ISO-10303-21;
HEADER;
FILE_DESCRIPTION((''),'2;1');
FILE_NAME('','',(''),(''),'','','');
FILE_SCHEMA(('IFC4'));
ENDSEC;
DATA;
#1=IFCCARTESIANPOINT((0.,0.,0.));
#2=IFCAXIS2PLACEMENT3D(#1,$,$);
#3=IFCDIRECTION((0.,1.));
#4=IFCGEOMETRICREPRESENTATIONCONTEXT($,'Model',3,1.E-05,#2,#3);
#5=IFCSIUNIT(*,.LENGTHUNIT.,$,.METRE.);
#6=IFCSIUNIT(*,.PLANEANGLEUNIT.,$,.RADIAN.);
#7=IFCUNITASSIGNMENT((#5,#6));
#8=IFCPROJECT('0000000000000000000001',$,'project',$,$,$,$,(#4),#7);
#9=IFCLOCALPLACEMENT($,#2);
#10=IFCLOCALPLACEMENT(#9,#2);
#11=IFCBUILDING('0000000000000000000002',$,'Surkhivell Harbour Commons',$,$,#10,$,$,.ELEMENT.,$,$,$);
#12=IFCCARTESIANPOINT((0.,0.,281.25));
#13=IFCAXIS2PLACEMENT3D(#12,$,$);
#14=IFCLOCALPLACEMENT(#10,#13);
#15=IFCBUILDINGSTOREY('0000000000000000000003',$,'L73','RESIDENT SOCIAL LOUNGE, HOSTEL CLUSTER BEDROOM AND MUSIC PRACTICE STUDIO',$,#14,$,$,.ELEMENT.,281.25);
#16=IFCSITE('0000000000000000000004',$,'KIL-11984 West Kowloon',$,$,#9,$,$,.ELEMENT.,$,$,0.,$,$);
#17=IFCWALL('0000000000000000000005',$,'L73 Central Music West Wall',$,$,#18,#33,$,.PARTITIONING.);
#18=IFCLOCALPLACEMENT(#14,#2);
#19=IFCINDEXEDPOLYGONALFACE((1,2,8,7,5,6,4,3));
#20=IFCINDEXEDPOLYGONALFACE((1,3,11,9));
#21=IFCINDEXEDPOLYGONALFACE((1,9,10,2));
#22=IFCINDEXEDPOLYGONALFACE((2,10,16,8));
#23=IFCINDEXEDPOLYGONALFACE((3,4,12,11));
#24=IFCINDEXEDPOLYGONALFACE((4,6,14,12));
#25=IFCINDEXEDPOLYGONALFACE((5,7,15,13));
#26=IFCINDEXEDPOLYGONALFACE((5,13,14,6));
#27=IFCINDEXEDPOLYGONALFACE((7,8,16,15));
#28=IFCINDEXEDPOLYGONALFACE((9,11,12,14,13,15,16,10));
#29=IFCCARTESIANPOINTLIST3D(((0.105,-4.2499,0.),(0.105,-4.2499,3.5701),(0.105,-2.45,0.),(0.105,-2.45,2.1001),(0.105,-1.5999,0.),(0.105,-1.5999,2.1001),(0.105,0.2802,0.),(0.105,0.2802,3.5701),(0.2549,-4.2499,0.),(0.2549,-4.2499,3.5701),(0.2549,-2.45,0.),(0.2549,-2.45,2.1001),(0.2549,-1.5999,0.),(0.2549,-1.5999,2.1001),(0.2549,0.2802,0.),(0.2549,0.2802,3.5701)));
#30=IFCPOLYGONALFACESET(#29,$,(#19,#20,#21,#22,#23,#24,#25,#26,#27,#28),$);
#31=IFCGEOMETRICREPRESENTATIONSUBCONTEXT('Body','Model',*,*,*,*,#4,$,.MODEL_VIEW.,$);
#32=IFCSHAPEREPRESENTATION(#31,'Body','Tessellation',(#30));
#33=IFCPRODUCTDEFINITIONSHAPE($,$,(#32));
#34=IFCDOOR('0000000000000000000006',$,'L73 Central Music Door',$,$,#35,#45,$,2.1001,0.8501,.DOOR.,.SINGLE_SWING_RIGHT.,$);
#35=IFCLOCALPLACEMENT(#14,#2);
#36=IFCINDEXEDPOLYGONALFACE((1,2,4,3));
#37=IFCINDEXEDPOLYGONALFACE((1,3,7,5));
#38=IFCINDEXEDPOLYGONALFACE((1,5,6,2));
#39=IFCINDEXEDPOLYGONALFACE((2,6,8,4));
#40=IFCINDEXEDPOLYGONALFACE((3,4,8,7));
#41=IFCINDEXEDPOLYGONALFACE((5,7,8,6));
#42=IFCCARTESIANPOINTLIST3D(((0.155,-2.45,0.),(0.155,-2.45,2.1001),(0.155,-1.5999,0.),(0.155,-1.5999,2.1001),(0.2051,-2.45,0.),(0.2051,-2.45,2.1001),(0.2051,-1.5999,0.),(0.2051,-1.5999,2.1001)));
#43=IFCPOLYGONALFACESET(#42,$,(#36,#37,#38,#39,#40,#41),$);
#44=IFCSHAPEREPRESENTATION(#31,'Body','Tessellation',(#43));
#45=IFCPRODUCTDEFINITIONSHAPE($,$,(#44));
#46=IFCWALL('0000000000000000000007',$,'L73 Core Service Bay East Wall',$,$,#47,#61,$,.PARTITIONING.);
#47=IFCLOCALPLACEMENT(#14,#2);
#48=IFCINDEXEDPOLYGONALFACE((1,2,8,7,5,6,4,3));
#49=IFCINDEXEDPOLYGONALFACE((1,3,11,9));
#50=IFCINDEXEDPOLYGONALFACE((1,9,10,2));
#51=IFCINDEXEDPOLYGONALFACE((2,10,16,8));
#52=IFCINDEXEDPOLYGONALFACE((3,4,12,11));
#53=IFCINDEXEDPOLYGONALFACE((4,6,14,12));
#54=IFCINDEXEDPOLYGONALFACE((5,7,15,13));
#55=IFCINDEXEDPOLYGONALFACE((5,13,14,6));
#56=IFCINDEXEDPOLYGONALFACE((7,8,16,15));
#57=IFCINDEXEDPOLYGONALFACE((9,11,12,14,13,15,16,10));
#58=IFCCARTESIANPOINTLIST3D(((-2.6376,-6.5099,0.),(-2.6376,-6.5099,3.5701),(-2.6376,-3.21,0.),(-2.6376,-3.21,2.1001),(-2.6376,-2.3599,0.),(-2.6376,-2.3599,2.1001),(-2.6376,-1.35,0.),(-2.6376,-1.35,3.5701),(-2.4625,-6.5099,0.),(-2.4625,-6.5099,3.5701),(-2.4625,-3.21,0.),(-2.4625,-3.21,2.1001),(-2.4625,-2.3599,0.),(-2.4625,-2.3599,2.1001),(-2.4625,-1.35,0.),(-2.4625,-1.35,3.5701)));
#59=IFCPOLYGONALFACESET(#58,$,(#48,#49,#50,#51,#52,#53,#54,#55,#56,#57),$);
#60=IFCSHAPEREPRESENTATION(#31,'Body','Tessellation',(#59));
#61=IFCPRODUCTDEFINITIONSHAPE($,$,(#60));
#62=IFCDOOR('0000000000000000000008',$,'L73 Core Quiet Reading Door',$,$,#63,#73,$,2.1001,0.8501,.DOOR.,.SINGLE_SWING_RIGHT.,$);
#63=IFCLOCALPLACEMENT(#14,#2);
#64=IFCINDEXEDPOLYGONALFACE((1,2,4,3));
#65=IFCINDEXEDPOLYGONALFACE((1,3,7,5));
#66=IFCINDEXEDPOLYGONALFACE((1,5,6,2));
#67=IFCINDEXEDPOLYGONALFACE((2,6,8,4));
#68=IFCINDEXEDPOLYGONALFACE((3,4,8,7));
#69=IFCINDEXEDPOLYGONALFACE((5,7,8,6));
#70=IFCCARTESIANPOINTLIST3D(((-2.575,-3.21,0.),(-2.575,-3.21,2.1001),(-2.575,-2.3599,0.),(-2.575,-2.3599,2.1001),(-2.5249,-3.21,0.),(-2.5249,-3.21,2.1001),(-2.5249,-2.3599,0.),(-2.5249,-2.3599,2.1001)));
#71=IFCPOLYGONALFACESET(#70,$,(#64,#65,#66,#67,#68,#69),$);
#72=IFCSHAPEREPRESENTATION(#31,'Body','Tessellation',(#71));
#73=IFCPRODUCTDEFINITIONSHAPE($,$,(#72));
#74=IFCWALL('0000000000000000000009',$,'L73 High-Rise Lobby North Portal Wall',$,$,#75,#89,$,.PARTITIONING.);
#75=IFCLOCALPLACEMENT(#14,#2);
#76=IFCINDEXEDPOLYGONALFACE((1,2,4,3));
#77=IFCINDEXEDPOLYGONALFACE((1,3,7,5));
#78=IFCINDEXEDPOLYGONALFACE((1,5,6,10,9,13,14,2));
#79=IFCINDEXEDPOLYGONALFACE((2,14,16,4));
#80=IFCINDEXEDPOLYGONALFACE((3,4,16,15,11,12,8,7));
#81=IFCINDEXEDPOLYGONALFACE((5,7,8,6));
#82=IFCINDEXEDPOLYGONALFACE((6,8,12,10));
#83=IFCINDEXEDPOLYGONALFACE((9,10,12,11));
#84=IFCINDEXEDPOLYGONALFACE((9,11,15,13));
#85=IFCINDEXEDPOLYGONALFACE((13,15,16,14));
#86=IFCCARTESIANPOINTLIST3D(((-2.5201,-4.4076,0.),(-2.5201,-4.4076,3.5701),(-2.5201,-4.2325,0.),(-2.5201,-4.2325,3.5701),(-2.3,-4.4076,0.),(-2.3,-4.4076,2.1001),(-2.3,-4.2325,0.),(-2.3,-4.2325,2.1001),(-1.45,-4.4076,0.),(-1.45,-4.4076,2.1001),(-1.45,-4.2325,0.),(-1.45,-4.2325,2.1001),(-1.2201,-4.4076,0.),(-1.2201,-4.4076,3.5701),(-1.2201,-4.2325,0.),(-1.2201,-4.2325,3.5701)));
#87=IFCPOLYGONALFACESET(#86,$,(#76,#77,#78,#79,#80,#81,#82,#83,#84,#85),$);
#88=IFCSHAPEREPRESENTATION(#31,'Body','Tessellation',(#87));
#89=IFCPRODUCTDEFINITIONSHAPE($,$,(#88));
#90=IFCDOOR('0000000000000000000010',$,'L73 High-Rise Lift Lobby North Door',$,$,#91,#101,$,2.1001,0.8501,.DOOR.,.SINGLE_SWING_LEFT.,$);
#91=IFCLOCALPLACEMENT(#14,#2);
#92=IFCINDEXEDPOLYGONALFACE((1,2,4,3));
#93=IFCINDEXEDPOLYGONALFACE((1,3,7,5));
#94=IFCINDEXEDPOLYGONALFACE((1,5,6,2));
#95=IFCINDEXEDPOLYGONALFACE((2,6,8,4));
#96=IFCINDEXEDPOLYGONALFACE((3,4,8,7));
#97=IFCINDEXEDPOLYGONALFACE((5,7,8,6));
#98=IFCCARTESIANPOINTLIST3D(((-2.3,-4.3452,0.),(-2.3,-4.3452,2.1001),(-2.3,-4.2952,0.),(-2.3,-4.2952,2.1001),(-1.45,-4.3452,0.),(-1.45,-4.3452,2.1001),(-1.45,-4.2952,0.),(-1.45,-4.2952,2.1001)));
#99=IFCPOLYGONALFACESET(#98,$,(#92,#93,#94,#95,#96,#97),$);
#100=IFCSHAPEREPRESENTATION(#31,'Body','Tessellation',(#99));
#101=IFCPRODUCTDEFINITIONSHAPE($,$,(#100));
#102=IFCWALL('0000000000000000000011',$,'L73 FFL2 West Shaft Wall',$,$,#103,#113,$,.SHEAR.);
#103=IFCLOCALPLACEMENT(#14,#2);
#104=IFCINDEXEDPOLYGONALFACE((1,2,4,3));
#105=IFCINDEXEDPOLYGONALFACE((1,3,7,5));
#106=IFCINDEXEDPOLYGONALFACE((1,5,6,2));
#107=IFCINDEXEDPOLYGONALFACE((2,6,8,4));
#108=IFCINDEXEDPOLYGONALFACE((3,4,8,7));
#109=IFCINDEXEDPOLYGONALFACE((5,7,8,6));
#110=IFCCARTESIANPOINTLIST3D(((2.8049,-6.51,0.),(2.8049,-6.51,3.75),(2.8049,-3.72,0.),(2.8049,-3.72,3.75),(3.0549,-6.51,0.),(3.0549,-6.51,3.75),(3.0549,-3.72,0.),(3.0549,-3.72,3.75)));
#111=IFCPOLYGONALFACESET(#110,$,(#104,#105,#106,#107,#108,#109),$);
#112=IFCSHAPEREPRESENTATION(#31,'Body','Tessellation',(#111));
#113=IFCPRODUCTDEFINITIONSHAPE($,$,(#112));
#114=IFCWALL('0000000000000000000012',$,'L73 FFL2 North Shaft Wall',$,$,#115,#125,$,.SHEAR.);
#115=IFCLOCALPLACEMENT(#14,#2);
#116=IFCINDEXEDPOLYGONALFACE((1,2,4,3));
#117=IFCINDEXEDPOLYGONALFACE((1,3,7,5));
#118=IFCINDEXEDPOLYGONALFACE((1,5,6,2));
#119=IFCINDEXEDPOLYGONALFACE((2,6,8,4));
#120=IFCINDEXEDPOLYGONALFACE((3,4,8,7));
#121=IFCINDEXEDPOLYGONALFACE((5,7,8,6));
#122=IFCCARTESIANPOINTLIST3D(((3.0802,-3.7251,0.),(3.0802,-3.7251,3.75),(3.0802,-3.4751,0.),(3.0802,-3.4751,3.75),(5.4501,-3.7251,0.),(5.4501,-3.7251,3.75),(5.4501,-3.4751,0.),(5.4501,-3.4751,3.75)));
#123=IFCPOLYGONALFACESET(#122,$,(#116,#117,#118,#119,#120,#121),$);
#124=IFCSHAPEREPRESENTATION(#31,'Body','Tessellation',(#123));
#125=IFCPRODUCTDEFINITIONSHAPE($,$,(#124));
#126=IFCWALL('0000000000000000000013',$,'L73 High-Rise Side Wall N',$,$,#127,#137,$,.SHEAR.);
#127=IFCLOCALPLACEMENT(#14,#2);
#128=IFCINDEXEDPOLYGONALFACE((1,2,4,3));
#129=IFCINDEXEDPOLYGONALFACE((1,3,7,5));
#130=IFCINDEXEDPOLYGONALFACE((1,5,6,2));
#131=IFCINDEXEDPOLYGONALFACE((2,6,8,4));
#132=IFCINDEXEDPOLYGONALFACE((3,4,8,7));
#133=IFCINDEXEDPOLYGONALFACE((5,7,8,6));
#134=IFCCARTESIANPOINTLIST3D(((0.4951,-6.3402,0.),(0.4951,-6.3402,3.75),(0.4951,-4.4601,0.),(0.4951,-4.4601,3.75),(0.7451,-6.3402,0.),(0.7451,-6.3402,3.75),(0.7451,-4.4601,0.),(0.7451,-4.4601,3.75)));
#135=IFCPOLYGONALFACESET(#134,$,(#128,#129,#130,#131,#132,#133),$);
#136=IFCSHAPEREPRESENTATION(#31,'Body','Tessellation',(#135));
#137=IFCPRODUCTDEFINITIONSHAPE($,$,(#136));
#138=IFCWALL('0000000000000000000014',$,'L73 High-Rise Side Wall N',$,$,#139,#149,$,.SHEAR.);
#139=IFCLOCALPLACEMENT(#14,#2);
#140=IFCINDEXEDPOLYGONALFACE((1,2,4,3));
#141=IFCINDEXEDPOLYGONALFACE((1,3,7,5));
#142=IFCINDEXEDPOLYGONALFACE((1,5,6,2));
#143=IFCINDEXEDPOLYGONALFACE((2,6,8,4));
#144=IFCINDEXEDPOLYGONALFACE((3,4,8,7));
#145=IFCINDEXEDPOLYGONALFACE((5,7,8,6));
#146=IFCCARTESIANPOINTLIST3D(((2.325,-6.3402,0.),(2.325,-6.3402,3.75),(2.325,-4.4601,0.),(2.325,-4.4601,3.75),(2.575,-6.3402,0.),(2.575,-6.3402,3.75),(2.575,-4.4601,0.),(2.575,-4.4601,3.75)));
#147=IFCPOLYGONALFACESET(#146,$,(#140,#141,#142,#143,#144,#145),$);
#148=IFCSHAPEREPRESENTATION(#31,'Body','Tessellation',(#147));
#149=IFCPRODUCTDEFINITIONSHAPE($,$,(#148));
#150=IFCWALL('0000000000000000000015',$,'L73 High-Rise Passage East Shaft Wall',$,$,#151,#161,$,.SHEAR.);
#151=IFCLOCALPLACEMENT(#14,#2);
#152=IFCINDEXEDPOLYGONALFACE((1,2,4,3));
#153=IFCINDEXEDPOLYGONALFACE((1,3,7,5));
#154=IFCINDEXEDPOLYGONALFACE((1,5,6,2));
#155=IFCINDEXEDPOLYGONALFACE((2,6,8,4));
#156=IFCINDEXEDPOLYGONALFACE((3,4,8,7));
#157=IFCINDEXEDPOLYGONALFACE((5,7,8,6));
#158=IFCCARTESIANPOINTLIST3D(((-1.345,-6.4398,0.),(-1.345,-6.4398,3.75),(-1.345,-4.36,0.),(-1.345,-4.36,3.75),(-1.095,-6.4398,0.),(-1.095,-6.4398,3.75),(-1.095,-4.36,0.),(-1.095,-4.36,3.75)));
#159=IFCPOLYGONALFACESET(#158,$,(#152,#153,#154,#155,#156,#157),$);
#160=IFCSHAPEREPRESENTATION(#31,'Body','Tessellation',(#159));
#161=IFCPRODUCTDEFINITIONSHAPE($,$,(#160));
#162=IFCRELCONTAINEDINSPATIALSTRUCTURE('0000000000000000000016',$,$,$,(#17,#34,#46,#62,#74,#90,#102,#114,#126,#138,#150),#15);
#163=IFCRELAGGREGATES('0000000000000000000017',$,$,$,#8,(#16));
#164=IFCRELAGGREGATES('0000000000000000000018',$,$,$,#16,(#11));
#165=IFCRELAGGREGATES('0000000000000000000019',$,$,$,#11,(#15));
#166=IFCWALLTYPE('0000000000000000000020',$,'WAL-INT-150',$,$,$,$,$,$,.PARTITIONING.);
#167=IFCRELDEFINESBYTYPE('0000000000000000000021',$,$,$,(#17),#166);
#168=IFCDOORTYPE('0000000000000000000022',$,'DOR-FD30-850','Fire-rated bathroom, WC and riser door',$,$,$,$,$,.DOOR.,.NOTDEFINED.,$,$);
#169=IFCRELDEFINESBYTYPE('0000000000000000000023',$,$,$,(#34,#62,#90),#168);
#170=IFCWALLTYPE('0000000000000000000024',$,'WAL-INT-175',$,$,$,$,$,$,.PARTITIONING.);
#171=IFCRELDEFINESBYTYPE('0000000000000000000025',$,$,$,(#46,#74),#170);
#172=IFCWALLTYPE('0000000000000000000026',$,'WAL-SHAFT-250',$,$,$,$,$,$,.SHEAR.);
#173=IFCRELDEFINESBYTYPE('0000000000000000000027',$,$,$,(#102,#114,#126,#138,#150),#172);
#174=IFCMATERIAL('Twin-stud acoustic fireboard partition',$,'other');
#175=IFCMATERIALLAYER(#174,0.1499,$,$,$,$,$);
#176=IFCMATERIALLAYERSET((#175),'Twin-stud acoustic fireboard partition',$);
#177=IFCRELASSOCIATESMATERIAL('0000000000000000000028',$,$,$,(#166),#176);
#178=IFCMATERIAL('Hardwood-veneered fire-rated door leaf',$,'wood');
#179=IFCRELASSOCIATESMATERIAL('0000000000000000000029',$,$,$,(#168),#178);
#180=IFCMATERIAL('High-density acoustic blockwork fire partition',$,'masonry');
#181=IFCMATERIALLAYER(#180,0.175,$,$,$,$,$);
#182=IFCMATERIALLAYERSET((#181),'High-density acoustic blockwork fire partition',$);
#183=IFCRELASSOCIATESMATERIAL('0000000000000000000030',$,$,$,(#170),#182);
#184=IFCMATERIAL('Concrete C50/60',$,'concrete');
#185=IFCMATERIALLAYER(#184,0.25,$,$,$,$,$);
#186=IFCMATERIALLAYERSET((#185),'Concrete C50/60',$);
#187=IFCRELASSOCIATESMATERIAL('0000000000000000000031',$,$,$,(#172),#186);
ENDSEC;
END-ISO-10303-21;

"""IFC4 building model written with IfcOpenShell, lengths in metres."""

from ifc_helpers import new_model, si_unit, direction, frame, frame_2d, origin, place, context, subcontext, project, spatial, rectangle, extrude, material, layer, layer_set, type_object, element, fill, save


model = new_model("IFC4")

# Units and contexts
model_context = context("Model", 3, precision=1e-05, world=origin(), true_north=direction((0.0, 1.0)))
body_context = subcontext(model_context, "Body", "Model", "MODEL_VIEW")
ifc_project = project(units=[si_unit("LENGTHUNIT", "METRE"), si_unit("PLANEANGLEUNIT", "RADIAN")], contexts=[model_context])

# Site, building, storey
site_placement = place(None, origin())
site = spatial("IfcSite", under=ifc_project, at=site_placement, Name="KIL-11984 West Kowloon", CompositionType="ELEMENT", RefElevation=0.0)
building_placement = place(site_placement, origin())
building = spatial("IfcBuilding", under=site, at=building_placement, Name="Surkhivell Harbour Commons", CompositionType="ELEMENT")
storey_placement = place(building_placement, frame((0.0, 0.0, 281.25)))
storey = spatial("IfcBuildingStorey", under=building, at=storey_placement, Name="L73", Description="RESIDENT SOCIAL LOUNGE, HOSTEL CLUSTER BEDROOM AND MUSIC PRACTICE STUDIO", CompositionType="ELEMENT", Elevation=281.25)

# Shared definitions
ifc_material_1 = material(Name="Twin-stud acoustic fireboard partition", Category="other")
ifc_layer_1 = layer(ifc_material_1, 0.1499)
ifc_layer_set_1 = layer_set([ifc_layer_1], Name="Twin-stud acoustic fireboard partition")
wall_type_1 = type_object("IfcWallType", Name="WAL-INT-150", PredefinedType="PARTITIONING", material=ifc_layer_set_1)

# Walls, openings, doors
wall_1_placement = place(storey_placement, frame((0.1799, -4.25, 0.0), z_axis=(0.0, 0.0, 1.0), x_axis=(0.0, 1.0, 0.0)))
wall_1 = element("IfcWall", 1, at=wall_1_placement, inside=storey, type_object=wall_type_1, Name="L73 Central Music West Wall", PredefinedType="PARTITIONING", context=body_context, shape_type="SweptSolid", body=[
    extrude(rectangle(XDim=4.53, YDim=0.1499, at=frame_2d((2.2651, 0.0))), origin(), (0.0, 0.0, 1.0), 3.5701),
])
opening_1_placement = place(wall_1_placement, frame((1.8, 0.0, 0.0)))
opening_1 = element("IfcOpeningElement", 2, at=opening_1_placement, cuts=wall_1, PredefinedType="OPENING", context=body_context, shape_type="SweptSolid", body=[
    extrude(rectangle(XDim=0.8501, YDim=2.1001, at=frame_2d((0.425, 1.05))), frame((0.0, 0.085, 0.0), z_axis=(0.0, -1.0, 0.0), x_axis=(1.0, 0.0, 0.0)), (0.0, 0.0, 1.0), 0.1699),
])
ifc_material_2 = material(Name="Hardwood-veneered fire-rated door leaf", Category="wood")
door_type_1 = type_object("IfcDoorType", Name="DOR-FD30-850", Description="Fire-rated bathroom, WC and riser door", OperationType="NOTDEFINED", PredefinedType="DOOR", material=ifc_material_2)
door_1_placement = place(opening_1_placement, origin())
door_1 = element("IfcDoor", 3, at=door_1_placement, inside=storey, type_object=door_type_1, Name="L73 Central Music Door", OperationType="SINGLE_SWING_RIGHT", OverallHeight=2.1001, OverallWidth=0.8501, PredefinedType="DOOR", context=body_context, shape_type="SweptSolid", body=[
    extrude(rectangle(XDim=0.8501, YDim=2.1001, at=frame_2d((0.425, 1.05))), frame((0.0, 0.0249, 0.0), z_axis=(0.0, -1.0, 0.0), x_axis=(1.0, 0.0, 0.0)), (0.0, 0.0, 1.0), 0.05),
])
fill(opening_1, door_1)
ifc_material_3 = material(Name="High-density acoustic blockwork fire partition", Category="masonry")
ifc_layer_2 = layer(ifc_material_3, 0.175)
ifc_layer_set_2 = layer_set([ifc_layer_2], Name="High-density acoustic blockwork fire partition")
wall_type_2 = type_object("IfcWallType", Name="WAL-INT-175", PredefinedType="PARTITIONING", material=ifc_layer_set_2)
wall_2_placement = place(storey_placement, frame((-2.55, -6.51, 0.0), z_axis=(0.0, 0.0, 1.0), x_axis=(0.0, 1.0, 0.0)))
wall_2 = element("IfcWall", 4, at=wall_2_placement, inside=storey, type_object=wall_type_2, Name="L73 Core Service Bay East Wall", PredefinedType="PARTITIONING", context=body_context, shape_type="SweptSolid", body=[
    extrude(rectangle(XDim=5.1599, YDim=0.175, at=frame_2d((2.5801, 0.0))), origin(), (0.0, 0.0, 1.0), 3.5701),
])
opening_2_placement = place(wall_2_placement, frame((3.3, 0.0, 0.0)))
opening_2 = element("IfcOpeningElement", 5, at=opening_2_placement, cuts=wall_2, PredefinedType="OPENING", context=body_context, shape_type="SweptSolid", body=[
    extrude(rectangle(XDim=0.8501, YDim=2.1001, at=frame_2d((0.425, 1.05))), frame((0.0, 0.0974, 0.0), z_axis=(0.0, -1.0, 0.0), x_axis=(1.0, 0.0, 0.0)), (0.0, 0.0, 1.0), 0.1951),
])
door_2_placement = place(opening_2_placement, origin())
door_2 = element("IfcDoor", 6, at=door_2_placement, inside=storey, type_object=door_type_1, Name="L73 Core Quiet Reading Door", OperationType="SINGLE_SWING_RIGHT", OverallHeight=2.1001, OverallWidth=0.8501, PredefinedType="DOOR", context=body_context, shape_type="SweptSolid", body=[
    extrude(rectangle(XDim=0.8501, YDim=2.1001, at=frame_2d((0.425, 1.05))), frame((0.0, 0.0249, 0.0), z_axis=(0.0, -1.0, 0.0), x_axis=(1.0, 0.0, 0.0)), (0.0, 0.0, 1.0), 0.05),
])
fill(opening_2, door_2)
wall_3_placement = place(storey_placement, frame((-2.52, -4.3201, 0.0), z_axis=(0.0, 0.0, 1.0), x_axis=(1.0, 0.0, 0.0)))
wall_3 = element("IfcWall", 7, at=wall_3_placement, inside=storey, type_object=wall_type_2, Name="L73 High-Rise Lobby North Portal Wall", PredefinedType="PARTITIONING", context=body_context, shape_type="SweptSolid", body=[
    extrude(rectangle(XDim=1.3, YDim=0.175, at=frame_2d((0.6499, 0.0))), origin(), (0.0, 0.0, 1.0), 3.5701),
])
opening_3_placement = place(wall_3_placement, frame((0.22, 0.0, 0.0)))
opening_3 = element("IfcOpeningElement", 8, at=opening_3_placement, cuts=wall_3, PredefinedType="OPENING", context=body_context, shape_type="SweptSolid", body=[
    extrude(rectangle(XDim=0.8501, YDim=2.1001, at=frame_2d((0.425, 1.05))), frame((0.0, 0.0974, 0.0), z_axis=(0.0, -1.0, 0.0), x_axis=(1.0, 0.0, 0.0)), (0.0, 0.0, 1.0), 0.1951),
])
door_3_placement = place(opening_3_placement, origin())
door_3 = element("IfcDoor", 9, at=door_3_placement, inside=storey, type_object=door_type_1, Name="L73 High-Rise Lift Lobby North Door", OperationType="SINGLE_SWING_LEFT", OverallHeight=2.1001, OverallWidth=0.8501, PredefinedType="DOOR", context=body_context, shape_type="SweptSolid", body=[
    extrude(rectangle(XDim=0.8501, YDim=2.1001, at=frame_2d((0.425, 1.05))), frame((0.0, 0.0249, 0.0), z_axis=(0.0, -1.0, 0.0), x_axis=(1.0, 0.0, 0.0)), (0.0, 0.0, 1.0), 0.05),
])
fill(opening_3, door_3)

# Walls
ifc_material_4 = material(Name="Concrete C50/60", Category="concrete")
ifc_layer_3 = layer(ifc_material_4, 0.25)
ifc_layer_set_3 = layer_set([ifc_layer_3], Name="Concrete C50/60")
wall_type_3 = type_object("IfcWallType", Name="WAL-SHAFT-250", PredefinedType="SHEAR", material=ifc_layer_set_3)
wall_4_placement = place(storey_placement, frame((2.9299, -6.51, 0.0), z_axis=(0.0, 0.0, 1.0), x_axis=(0.0, 1.0, 0.0)))
element("IfcWall", 10, at=wall_4_placement, inside=storey, type_object=wall_type_3, Name="L73 FFL2 West Shaft Wall", PredefinedType="SHEAR", context=body_context, shape_type="SweptSolid", body=[
    extrude(rectangle(XDim=2.79, YDim=0.25, at=frame_2d((1.395, 0.0))), origin(), (0.0, 0.0, 1.0), 3.75),
])
wall_5_placement = place(storey_placement, frame((3.0801, -3.6001, 0.0), z_axis=(0.0, 0.0, 1.0), x_axis=(1.0, 0.0, 0.0)))
element("IfcWall", 11, at=wall_5_placement, inside=storey, type_object=wall_type_3, Name="L73 FFL2 North Shaft Wall", PredefinedType="SHEAR", context=body_context, shape_type="SweptSolid", body=[
    extrude(rectangle(XDim=2.3699, YDim=0.25, at=frame_2d((1.1851, 0.0))), origin(), (0.0, 0.0, 1.0), 3.75),
])
for number, where, z_axis, x_axis, name in (
    (12, (0.6201, -6.3401, 0.0), (0.0, 0.0, 1.0), (0.0, 1.0, 0.0), "L73 High-Rise Side Wall N"),
    (13, (2.45, -6.3401, 0.0), (0.0, 0.0, 1.0), (0.0, 1.0, 0.0), "L73 High-Rise Side Wall N"),
):
    element("IfcWall", number, at=place(storey_placement, frame(where, z_axis=z_axis, x_axis=x_axis)), inside=storey, type_object=wall_type_3, Name=name, PredefinedType="SHEAR", context=body_context, shape_type="SweptSolid", body=[
        extrude(rectangle(XDim=1.8801, YDim=0.25, at=frame_2d((0.9399, 0.0))), origin(), (0.0, 0.0, 1.0), 3.75),
    ])
wall_6_placement = place(storey_placement, frame((-1.22, -6.4399, 0.0), z_axis=(0.0, 0.0, 1.0), x_axis=(0.0, 1.0, 0.0)))
element("IfcWall", 14, at=wall_6_placement, inside=storey, type_object=wall_type_3, Name="L73 High-Rise Passage East Shaft Wall", PredefinedType="SHEAR", context=body_context, shape_type="SweptSolid", body=[
    extrude(rectangle(XDim=2.0798, YDim=0.25, at=frame_2d((1.04, 0.0))), origin(), (0.0, 0.0, 1.0), 3.75),
])

save(model, "model.ifc")
